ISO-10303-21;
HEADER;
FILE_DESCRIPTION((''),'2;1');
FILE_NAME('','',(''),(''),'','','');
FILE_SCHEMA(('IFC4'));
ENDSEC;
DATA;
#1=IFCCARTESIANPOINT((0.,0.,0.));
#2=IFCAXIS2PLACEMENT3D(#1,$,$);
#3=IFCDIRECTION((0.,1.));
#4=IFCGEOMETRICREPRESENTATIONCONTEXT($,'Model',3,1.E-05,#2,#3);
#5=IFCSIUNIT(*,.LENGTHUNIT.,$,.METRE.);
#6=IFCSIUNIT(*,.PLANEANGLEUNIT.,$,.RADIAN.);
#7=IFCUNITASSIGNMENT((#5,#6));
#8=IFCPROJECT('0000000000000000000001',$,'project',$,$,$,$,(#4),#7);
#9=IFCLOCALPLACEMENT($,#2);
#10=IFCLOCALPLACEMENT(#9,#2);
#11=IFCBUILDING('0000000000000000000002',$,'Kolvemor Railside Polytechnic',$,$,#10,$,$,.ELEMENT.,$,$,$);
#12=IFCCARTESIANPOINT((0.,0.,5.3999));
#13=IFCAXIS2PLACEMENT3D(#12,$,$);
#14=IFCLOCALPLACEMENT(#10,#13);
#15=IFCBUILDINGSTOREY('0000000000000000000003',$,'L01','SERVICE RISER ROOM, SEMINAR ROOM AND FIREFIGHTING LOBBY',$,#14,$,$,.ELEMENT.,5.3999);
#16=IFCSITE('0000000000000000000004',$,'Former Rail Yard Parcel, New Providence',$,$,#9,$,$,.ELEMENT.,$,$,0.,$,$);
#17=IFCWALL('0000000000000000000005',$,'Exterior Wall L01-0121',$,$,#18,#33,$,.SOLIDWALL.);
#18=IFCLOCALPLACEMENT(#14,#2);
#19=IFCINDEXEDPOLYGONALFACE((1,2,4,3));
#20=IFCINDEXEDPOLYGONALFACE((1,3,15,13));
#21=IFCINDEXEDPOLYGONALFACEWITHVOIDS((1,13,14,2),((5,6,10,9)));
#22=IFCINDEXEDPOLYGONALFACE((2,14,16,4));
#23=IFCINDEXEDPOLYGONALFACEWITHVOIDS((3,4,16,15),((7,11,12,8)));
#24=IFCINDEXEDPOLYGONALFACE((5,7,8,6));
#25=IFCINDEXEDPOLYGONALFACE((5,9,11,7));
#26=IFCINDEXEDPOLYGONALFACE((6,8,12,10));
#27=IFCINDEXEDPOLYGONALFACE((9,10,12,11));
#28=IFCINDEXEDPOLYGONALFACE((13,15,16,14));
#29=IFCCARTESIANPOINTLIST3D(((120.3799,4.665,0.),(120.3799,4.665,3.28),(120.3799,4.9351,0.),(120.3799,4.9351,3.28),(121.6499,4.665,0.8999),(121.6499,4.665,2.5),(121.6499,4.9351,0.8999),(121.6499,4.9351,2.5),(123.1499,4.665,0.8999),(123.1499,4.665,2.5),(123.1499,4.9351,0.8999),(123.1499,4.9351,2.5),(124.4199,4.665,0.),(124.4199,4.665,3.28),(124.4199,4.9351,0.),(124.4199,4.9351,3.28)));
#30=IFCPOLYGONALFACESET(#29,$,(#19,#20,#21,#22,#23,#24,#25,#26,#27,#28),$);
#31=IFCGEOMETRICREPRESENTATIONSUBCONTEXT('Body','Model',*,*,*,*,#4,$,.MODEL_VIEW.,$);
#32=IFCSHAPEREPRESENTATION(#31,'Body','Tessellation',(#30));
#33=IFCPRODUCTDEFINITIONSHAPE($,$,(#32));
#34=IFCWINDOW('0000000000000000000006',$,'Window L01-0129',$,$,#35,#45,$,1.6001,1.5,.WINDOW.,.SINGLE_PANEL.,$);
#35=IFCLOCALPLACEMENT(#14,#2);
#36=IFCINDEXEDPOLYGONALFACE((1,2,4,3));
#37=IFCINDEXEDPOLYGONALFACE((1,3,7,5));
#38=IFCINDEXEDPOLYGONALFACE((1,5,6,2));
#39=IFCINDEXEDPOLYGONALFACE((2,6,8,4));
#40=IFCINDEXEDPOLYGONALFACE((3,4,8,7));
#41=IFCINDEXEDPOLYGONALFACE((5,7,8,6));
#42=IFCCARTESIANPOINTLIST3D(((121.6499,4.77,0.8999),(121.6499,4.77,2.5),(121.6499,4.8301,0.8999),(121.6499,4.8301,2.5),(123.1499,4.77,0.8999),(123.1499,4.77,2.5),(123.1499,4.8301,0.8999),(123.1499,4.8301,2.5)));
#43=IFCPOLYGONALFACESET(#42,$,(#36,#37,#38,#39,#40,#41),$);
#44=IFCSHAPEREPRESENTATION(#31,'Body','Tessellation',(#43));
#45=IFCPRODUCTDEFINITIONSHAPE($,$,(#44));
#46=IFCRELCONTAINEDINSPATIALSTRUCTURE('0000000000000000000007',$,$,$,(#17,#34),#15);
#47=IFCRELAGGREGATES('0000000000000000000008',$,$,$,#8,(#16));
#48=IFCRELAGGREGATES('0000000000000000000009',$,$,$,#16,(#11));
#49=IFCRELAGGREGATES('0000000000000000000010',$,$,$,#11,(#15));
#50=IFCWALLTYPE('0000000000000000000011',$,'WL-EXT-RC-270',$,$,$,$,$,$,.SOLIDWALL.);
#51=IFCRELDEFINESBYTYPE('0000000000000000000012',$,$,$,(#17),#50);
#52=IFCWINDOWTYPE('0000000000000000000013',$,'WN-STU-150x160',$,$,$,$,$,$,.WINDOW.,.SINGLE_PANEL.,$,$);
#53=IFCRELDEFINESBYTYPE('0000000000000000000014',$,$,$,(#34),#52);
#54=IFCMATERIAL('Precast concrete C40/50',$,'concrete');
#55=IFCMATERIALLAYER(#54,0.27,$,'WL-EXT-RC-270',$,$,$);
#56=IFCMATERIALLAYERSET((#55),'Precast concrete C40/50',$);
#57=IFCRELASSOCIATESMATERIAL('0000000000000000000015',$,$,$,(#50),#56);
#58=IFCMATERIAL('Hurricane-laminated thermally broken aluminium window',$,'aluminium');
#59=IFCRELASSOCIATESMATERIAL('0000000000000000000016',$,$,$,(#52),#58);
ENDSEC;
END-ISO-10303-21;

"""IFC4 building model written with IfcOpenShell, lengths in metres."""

from ifc_helpers import new_model, si_unit, direction, frame, frame_2d, origin, place, context, subcontext, project, spatial, rectangle, extrude, material, layer, layer_set, type_object, element, fill, save


model = new_model("IFC4")

# Units and contexts
model_context = context("Model", 3, precision=1e-05, world=origin(), true_north=direction((0.0, 1.0)))
body_context = subcontext(model_context, "Body", "Model", "MODEL_VIEW")
ifc_project = project(units=[si_unit("LENGTHUNIT", "METRE"), si_unit("PLANEANGLEUNIT", "RADIAN")], contexts=[model_context])

# Site, building, storey
site_placement = place(None, origin())
site = spatial("IfcSite", under=ifc_project, at=site_placement, Name="Former Rail Yard Parcel, New Providence", CompositionType="ELEMENT", RefElevation=0.0)
building_placement = place(site_placement, origin())
building = spatial("IfcBuilding", under=site, at=building_placement, Name="Kolvemor Railside Polytechnic", CompositionType="ELEMENT")
storey_placement = place(building_placement, frame((0.0, 0.0, 5.3999)))
storey = spatial("IfcBuildingStorey", under=building, at=storey_placement, Name="L01", Description="SERVICE RISER ROOM, SEMINAR ROOM AND FIREFIGHTING LOBBY", CompositionType="ELEMENT", Elevation=5.3999)

# Wall, opening, window
ifc_material_1 = material(Name="Precast concrete C40/50", Category="concrete")
ifc_layer_1 = layer(ifc_material_1, 0.27, Name="WL-EXT-RC-270")
ifc_layer_set_1 = layer_set([ifc_layer_1], Name="Precast concrete C40/50")
wall_type = type_object("IfcWallType", Name="WL-EXT-RC-270", PredefinedType="SOLIDWALL", material=ifc_layer_set_1)
ifc_material_2 = material(Name="Hurricane-laminated thermally broken aluminium window", Category="aluminium")
window_type = type_object("IfcWindowType", Name="WN-STU-150x160", PartitioningType="SINGLE_PANEL", PredefinedType="WINDOW", material=ifc_material_2)
wall_1_placement = place(storey_placement, frame((120.3799, 4.8, 0.0), z_axis=(0.0, 0.0, 1.0), x_axis=(1.0, 0.0, 0.0)))
wall_1 = element("IfcWall", 1, at=wall_1_placement, inside=storey, type_object=wall_type, Name="Exterior Wall L01-0121", PredefinedType="SOLIDWALL", context=body_context, shape_type="SweptSolid", body=[
    extrude(rectangle(XDim=4.04, YDim=0.27, at=frame_2d((2.02, 0.0))), origin(), (0.0, 0.0, 1.0), 3.28),
])
opening_1_placement = place(wall_1_placement, frame((1.27, 0.0, 0.8999)))
opening_1 = element("IfcOpeningElement", 2, at=opening_1_placement, cuts=wall_1, PredefinedType="OPENING", context=body_context, shape_type="SweptSolid", body=[
    extrude(rectangle(XDim=1.5, YDim=1.6001, at=frame_2d((0.75, 0.8))), frame((0.0, 0.145, 0.0), z_axis=(0.0, -1.0, 0.0), x_axis=(1.0, 0.0, 0.0)), (0.0, 0.0, 1.0), 0.29),
])
window_1_placement = place(opening_1_placement, origin())
window_1 = element("IfcWindow", 3, at=window_1_placement, inside=storey, type_object=window_type, Name="Window L01-0129", OverallHeight=1.6001, OverallWidth=1.5, PartitioningType="SINGLE_PANEL", PredefinedType="WINDOW", context=body_context, shape_type="SweptSolid", body=[
    extrude(rectangle(XDim=1.5, YDim=1.6001, at=frame_2d((0.75, 0.8))), frame((0.0, 0.03, 0.0), z_axis=(0.0, -1.0, 0.0), x_axis=(1.0, 0.0, 0.0)), (0.0, 0.0, 1.0), 0.0601),
])
fill(opening_1, window_1)

save(model, "model.ifc")
